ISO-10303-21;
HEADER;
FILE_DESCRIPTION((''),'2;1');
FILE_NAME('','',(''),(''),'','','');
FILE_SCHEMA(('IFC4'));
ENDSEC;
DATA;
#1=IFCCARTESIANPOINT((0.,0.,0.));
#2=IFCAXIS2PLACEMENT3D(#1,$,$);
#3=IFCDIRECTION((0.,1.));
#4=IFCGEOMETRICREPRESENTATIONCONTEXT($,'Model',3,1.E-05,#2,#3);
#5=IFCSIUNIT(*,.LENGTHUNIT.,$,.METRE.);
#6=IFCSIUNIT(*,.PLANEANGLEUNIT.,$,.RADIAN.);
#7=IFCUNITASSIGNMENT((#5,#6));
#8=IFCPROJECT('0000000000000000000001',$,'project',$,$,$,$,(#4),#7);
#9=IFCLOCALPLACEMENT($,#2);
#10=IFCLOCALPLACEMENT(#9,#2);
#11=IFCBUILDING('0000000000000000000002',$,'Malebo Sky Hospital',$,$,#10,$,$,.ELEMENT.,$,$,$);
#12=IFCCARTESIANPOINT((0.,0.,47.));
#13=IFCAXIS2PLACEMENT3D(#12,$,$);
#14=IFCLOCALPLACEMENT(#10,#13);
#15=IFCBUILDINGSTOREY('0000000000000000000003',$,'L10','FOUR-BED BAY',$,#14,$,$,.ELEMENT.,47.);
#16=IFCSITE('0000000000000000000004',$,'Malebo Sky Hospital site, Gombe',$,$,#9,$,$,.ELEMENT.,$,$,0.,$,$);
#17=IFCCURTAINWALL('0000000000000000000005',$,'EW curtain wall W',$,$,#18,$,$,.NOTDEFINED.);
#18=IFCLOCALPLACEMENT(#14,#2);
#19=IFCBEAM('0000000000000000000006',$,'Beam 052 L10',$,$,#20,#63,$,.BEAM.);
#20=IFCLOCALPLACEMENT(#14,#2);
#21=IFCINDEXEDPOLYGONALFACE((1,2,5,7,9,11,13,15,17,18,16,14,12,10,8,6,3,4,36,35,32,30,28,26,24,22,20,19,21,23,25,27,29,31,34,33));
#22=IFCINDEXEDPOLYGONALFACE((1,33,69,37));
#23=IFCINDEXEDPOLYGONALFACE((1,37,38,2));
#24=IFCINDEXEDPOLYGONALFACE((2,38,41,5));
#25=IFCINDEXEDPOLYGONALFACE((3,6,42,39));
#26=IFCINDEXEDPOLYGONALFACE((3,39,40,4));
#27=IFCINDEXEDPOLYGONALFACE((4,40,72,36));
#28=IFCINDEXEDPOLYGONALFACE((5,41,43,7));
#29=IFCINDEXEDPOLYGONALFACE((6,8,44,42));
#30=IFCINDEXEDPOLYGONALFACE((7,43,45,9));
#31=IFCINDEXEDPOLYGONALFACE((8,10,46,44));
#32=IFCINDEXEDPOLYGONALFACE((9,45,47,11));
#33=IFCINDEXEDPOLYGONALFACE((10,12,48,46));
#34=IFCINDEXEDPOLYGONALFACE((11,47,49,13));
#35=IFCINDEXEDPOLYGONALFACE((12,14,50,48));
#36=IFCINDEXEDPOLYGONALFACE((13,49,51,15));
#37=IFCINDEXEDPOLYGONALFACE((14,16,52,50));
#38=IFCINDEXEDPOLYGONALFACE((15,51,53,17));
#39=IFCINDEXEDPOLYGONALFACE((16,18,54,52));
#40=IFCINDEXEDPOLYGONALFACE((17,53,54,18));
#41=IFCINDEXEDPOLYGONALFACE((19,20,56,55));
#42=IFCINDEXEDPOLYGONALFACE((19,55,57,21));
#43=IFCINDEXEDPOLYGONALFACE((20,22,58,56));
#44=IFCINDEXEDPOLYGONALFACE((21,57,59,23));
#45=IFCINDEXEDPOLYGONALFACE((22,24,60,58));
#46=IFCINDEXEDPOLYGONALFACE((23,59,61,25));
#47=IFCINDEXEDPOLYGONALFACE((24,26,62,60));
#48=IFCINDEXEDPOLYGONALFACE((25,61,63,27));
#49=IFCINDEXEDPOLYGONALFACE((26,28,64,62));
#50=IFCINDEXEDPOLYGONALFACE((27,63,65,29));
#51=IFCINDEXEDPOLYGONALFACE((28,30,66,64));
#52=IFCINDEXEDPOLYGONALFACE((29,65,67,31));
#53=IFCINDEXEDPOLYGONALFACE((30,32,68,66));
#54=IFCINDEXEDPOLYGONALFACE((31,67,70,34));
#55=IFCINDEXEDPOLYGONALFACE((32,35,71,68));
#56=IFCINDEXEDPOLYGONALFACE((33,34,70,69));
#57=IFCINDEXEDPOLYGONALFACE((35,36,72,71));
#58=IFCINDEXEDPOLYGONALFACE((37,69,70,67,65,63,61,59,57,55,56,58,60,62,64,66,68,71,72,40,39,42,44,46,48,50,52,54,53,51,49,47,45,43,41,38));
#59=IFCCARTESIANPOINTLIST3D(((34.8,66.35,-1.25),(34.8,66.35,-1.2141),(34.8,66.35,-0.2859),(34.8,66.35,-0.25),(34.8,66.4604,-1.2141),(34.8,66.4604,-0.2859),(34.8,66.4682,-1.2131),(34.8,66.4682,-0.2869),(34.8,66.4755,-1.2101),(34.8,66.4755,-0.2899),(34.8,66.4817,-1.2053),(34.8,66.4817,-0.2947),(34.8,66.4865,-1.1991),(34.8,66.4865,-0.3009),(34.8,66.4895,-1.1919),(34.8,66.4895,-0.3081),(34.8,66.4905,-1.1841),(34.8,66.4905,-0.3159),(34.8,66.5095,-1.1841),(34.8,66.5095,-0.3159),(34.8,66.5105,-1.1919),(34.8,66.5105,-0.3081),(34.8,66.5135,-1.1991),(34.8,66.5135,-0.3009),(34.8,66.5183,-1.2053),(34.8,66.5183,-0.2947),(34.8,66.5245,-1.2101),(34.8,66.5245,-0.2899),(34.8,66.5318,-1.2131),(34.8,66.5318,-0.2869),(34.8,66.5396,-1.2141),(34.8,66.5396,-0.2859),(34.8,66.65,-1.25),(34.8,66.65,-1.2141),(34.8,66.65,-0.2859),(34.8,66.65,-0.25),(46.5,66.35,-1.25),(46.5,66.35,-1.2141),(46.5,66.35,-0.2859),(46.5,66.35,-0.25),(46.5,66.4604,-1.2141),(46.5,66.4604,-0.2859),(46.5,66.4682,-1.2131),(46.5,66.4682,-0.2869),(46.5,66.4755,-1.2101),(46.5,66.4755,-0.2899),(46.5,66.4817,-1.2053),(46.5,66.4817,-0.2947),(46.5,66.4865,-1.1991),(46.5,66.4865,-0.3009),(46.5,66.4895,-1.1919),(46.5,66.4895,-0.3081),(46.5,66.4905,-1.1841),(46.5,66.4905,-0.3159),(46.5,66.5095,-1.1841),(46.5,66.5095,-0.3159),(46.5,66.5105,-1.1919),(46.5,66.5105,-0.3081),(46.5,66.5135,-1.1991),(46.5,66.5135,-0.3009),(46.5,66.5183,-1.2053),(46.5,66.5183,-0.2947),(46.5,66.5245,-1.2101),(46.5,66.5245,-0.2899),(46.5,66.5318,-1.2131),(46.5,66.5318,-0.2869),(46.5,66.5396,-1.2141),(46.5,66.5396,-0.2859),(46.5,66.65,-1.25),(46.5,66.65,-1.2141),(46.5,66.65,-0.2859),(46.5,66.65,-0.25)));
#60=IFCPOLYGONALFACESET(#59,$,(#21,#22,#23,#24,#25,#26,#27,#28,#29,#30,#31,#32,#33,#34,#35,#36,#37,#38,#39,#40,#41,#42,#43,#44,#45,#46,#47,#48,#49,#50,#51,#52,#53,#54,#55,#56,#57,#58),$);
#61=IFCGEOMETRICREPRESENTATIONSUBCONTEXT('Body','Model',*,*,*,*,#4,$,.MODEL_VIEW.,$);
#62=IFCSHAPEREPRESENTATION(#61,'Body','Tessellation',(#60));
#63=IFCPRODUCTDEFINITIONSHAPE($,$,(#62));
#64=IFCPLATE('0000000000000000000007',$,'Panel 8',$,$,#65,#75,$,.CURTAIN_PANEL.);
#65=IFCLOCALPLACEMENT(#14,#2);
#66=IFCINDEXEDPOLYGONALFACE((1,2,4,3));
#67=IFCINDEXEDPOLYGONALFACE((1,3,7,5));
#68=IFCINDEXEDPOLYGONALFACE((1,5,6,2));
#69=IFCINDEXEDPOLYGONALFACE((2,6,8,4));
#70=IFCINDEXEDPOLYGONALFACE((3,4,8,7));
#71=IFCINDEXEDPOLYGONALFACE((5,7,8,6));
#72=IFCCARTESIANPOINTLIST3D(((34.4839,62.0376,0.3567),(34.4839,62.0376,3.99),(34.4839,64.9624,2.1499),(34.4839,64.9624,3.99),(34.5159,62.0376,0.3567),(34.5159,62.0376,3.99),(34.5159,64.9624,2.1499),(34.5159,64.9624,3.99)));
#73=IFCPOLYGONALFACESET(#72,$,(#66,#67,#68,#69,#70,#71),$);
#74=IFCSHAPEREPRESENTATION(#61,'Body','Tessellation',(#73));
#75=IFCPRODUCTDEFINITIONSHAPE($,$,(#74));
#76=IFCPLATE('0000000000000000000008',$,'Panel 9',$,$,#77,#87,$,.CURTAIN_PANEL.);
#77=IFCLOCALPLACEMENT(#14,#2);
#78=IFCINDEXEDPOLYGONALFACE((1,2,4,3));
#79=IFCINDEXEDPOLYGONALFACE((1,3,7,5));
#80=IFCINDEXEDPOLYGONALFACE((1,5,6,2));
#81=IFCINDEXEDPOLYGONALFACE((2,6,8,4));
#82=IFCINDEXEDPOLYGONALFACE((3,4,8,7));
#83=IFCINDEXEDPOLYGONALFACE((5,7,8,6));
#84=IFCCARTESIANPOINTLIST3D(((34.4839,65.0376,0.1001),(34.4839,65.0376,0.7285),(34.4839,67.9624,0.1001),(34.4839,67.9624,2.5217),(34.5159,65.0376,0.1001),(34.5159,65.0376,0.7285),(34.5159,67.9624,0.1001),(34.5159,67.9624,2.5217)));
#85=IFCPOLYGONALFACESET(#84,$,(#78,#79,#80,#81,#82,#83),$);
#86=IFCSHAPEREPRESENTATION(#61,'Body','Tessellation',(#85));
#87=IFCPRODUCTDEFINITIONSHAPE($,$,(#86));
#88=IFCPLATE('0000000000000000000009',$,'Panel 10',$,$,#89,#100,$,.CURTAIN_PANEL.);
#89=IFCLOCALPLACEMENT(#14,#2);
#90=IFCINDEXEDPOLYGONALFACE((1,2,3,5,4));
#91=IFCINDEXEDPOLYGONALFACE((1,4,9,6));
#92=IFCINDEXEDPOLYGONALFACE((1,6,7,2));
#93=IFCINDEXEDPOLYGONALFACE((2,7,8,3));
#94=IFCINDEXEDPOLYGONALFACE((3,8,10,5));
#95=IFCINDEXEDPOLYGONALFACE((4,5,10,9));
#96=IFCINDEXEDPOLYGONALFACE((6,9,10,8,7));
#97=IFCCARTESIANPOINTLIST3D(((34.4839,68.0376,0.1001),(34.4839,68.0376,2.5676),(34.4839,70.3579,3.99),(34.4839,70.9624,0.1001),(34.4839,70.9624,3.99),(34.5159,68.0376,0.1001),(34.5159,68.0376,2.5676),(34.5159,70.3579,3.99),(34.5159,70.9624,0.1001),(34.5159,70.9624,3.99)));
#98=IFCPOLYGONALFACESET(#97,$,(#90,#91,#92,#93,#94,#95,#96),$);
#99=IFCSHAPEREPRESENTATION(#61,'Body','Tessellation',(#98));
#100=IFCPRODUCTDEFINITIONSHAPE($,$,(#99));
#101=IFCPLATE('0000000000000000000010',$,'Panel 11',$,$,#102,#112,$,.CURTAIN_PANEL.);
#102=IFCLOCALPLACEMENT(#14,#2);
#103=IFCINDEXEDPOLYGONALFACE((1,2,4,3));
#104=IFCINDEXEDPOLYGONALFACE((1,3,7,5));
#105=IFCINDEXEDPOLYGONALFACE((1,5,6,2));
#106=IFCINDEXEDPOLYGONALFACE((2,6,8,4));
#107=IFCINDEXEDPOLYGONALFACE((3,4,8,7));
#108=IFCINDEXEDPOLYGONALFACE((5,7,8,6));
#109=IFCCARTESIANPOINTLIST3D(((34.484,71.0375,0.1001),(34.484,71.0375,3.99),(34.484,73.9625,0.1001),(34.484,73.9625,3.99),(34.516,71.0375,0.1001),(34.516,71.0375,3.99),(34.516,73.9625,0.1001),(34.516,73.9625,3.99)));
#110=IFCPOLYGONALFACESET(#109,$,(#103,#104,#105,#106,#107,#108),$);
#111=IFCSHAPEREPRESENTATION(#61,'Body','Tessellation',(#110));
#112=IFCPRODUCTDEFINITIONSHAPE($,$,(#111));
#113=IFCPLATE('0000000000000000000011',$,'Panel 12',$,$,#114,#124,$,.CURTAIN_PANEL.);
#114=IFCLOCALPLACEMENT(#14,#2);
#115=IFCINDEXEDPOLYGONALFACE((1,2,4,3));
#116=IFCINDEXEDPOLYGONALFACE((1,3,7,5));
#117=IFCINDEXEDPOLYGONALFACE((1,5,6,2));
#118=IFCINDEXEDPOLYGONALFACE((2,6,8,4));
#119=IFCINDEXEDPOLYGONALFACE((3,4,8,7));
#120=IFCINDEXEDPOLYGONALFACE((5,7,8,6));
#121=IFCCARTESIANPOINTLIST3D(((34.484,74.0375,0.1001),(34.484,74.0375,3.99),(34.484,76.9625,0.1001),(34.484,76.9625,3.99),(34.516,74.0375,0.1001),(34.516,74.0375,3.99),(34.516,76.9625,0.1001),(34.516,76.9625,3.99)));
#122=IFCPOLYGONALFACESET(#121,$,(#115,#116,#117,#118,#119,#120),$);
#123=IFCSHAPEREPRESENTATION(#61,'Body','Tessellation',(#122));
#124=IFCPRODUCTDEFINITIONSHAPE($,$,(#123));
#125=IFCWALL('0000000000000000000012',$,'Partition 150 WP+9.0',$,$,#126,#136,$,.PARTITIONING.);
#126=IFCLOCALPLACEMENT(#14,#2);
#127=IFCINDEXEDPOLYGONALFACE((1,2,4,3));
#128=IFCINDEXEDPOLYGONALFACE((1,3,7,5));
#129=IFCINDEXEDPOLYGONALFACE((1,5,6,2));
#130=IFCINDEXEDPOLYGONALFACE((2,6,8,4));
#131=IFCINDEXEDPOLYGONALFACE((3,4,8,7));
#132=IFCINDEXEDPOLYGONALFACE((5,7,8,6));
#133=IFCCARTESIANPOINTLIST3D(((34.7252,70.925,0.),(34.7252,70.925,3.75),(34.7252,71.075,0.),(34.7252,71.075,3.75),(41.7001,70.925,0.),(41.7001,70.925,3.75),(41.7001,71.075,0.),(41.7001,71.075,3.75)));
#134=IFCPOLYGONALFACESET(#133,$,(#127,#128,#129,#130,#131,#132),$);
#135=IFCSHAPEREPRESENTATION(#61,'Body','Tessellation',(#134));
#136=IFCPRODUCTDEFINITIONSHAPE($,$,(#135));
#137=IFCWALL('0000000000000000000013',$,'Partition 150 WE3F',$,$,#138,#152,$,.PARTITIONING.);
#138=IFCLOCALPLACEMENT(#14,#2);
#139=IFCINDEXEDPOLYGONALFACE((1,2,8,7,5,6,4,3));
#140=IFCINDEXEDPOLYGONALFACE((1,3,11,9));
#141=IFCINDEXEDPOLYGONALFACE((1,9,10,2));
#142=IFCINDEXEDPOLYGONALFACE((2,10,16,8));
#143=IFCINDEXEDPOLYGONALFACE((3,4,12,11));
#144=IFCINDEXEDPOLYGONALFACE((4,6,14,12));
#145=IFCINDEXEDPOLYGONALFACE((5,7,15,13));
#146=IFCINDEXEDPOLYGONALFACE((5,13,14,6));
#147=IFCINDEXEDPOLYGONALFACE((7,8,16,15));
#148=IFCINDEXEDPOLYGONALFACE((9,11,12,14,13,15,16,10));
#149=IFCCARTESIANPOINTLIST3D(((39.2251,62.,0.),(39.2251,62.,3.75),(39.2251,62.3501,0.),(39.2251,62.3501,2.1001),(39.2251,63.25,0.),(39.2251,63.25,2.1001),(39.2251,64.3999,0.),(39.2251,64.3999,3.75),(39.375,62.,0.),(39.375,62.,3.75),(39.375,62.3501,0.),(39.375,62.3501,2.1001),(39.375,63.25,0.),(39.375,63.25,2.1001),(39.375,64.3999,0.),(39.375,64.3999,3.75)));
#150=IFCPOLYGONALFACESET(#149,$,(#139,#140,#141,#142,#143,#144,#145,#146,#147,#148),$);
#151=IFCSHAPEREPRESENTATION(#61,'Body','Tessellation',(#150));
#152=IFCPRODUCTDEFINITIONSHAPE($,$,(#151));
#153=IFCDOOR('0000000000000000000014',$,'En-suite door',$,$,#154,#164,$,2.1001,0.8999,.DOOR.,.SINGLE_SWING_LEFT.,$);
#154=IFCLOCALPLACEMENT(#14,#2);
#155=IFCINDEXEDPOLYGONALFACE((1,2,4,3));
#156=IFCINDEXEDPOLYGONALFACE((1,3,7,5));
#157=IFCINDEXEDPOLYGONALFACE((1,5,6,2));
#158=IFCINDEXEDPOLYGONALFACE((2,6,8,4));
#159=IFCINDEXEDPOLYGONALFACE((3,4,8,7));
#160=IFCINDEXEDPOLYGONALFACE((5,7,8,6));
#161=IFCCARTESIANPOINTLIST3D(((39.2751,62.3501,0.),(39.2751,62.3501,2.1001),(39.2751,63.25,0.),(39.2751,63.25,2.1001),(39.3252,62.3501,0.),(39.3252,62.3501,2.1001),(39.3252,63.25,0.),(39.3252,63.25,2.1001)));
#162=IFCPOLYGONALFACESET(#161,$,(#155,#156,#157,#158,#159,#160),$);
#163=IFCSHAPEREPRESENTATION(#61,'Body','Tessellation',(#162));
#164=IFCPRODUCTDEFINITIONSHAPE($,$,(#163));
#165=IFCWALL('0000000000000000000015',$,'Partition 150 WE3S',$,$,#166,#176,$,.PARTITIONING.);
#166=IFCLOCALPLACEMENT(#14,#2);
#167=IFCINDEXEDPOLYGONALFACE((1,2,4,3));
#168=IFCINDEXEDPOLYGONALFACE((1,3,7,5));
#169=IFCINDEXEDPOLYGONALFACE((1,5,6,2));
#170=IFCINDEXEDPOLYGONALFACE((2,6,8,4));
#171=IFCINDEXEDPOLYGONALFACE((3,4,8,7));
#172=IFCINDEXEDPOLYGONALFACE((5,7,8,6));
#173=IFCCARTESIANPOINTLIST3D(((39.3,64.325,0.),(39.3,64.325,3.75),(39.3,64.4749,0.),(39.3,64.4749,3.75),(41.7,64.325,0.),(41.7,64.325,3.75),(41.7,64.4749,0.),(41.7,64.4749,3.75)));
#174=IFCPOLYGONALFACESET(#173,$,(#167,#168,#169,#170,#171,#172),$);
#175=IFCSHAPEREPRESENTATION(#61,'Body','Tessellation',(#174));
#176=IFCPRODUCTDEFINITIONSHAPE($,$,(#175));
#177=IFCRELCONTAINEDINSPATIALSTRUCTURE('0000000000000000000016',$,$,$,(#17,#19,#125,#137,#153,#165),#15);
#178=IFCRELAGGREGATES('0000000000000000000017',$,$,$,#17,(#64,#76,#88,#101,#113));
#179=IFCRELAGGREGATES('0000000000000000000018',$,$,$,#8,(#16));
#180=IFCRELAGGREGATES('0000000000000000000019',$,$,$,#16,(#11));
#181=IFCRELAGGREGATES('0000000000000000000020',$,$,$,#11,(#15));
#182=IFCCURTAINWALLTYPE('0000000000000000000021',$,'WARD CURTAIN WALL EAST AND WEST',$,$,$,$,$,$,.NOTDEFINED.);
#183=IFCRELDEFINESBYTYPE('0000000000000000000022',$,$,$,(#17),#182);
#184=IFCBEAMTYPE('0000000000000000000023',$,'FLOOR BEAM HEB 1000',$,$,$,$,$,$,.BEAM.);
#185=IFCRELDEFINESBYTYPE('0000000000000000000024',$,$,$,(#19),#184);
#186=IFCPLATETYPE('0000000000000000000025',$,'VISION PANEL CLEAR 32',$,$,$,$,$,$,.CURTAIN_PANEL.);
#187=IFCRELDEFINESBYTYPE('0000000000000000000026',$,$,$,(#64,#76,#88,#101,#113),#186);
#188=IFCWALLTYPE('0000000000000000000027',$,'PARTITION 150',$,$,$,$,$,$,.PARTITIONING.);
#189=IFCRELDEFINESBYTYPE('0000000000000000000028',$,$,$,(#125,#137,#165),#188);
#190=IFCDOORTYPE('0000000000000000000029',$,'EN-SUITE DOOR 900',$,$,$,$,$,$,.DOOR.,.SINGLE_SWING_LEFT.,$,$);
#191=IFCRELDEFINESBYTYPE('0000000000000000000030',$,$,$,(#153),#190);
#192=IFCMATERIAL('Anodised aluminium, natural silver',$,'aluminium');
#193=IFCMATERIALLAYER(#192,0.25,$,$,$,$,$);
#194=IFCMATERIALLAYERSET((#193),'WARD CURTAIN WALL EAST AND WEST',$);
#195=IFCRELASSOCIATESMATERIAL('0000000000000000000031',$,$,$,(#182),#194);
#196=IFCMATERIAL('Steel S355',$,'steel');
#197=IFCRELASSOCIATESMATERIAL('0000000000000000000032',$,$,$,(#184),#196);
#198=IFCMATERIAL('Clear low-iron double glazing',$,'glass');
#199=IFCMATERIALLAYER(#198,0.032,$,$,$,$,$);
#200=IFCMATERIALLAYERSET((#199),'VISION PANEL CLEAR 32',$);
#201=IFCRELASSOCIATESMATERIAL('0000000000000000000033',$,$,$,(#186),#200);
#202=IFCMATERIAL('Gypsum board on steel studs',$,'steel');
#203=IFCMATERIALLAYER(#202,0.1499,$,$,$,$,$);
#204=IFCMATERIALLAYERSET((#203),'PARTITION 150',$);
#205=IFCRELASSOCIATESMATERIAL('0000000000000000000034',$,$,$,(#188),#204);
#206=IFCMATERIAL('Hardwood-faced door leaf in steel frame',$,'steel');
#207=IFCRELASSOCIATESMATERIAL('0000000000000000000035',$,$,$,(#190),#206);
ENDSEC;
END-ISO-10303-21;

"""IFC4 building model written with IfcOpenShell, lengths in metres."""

from ifc_helpers import new_model, si_unit, direction, frame, frame_2d, origin, origin_2d, place, context, subcontext, project, spatial, polyline, rectangle, i_section, outline, extrude, material, layer, layer_set, material_profile, profile_set, type_object, element, fill, aggregate, save


model = new_model("IFC4")

# Units and contexts
model_context = context("Model", 3, precision=1e-05, world=origin(), true_north=direction((0.0, 1.0)))
body_context = subcontext(model_context, "Body", "Model", "MODEL_VIEW")
ifc_project = project(units=[si_unit("LENGTHUNIT", "METRE"), si_unit("PLANEANGLEUNIT", "RADIAN")], contexts=[model_context])

# Site, building, storey
site_placement = place(None, origin())
site = spatial("IfcSite", under=ifc_project, at=site_placement, Name="Malebo Sky Hospital site, Gombe", CompositionType="ELEMENT", RefElevation=0.0)
building_placement = place(site_placement, origin())
building = spatial("IfcBuilding", under=site, at=building_placement, Name="Malebo Sky Hospital", CompositionType="ELEMENT")
storey_placement = place(building_placement, frame((0.0, 0.0, 47.0)))
storey = spatial("IfcBuildingStorey", under=building, at=storey_placement, Name="L10", Description="FOUR-BED BAY", CompositionType="ELEMENT", Elevation=47.0)

# Curtain wall
ifc_material_1 = material(Name="Anodised aluminium, natural silver", Category="aluminium")
ifc_layer_1 = layer(ifc_material_1, 0.25)
ifc_layer_set_1 = layer_set([ifc_layer_1], Name="WARD CURTAIN WALL EAST AND WEST")
curtain_wall_type = type_object("IfcCurtainWallType", Name="WARD CURTAIN WALL EAST AND WEST", PredefinedType="NOTDEFINED", material=ifc_layer_set_1)
curtain_wall_placement = place(storey_placement, origin())
curtain_wall = element("IfcCurtainWall", 1, at=curtain_wall_placement, inside=storey, type_object=curtain_wall_type, Name="EW curtain wall W", PredefinedType="NOTDEFINED")

# Shared definitions
ifc_material_2 = material(Name="Steel S355", Category="steel")

# Beam
ifc_material_profile_1 = material_profile(ifc_material_2, i_section(OverallWidth=0.3, OverallDepth=1.0, WebThickness=0.019, FlangeThickness=0.0359, FilletRadius=0.03, at=origin_2d()), Name="HEB 1000")
ifc_profile_set_1 = profile_set([ifc_material_profile_1], Name="Steel S355")
beam_type_1 = type_object("IfcBeamType", Name="FLOOR BEAM HEB 1000", PredefinedType="BEAM", material=ifc_profile_set_1)
beam_1_placement = place(storey_placement, frame((34.8, 66.5, -0.75), z_axis=(1.0, 0.0, 0.0), x_axis=(0.0, 1.0, 0.0)))
element("IfcBeam", 2, at=beam_1_placement, inside=storey, type_object=beam_type_1, Name="Beam 052 L10", PredefinedType="BEAM", context=body_context, shape_type="SweptSolid", body=[
    extrude(i_section(OverallWidth=0.3, OverallDepth=1.0, WebThickness=0.019, FlangeThickness=0.0359, FilletRadius=0.03, at=origin_2d()), origin(), (0.0, 0.0, 1.0), 11.7),
])

# Plates
ifc_material_3 = material(Name="Clear low-iron double glazing", Category="glass")
ifc_layer_2 = layer(ifc_material_3, 0.032)
ifc_layer_set_2 = layer_set([ifc_layer_2], Name="VISION PANEL CLEAR 32")
plate_type = type_object("IfcPlateType", Name="VISION PANEL CLEAR 32", PredefinedType="CURTAIN_PANEL", material=ifc_layer_set_2)
plate_1_placement = place(storey_placement, frame((34.5, 63.5, 0.3567), z_axis=(0.0, 0.0, 1.0), x_axis=(0.0, 1.0, 0.0)))
plate_1 = element("IfcPlate", 3, at=plate_1_placement, type_object=plate_type, Name="Panel 8", PredefinedType="CURTAIN_PANEL", context=body_context, shape_type="SweptSolid", body=[
    extrude(outline(polyline([(-1.4624, 0.0), (1.4624, 1.7932), (1.4624, 3.6333), (-1.4624, 3.6333), (-1.4624, 0.0)])), frame((0.0, 0.0161, 0.0), z_axis=(0.0, -1.0, 0.0), x_axis=(1.0, 0.0, 0.0)), (0.0, 0.0, 1.0), 0.032),
])
plate_2_placement = place(storey_placement, frame((34.5, 66.5, 0.1001), z_axis=(0.0, 0.0, 1.0), x_axis=(0.0, 1.0, 0.0)))
plate_2 = element("IfcPlate", 4, at=plate_2_placement, type_object=plate_type, Name="Panel 9", PredefinedType="CURTAIN_PANEL", context=body_context, shape_type="SweptSolid", body=[
    extrude(outline(polyline([(-1.4624, 0.0), (1.4624, 0.0), (1.4624, 2.4216), (-1.4624, 0.6284), (-1.4624, 0.0)])), frame((0.0, 0.0161, 0.0), z_axis=(0.0, -1.0, 0.0), x_axis=(1.0, 0.0, 0.0)), (0.0, 0.0, 1.0), 0.032),
])
plate_3_placement = place(storey_placement, frame((34.5, 69.5, 0.1001), z_axis=(0.0, 0.0, 1.0), x_axis=(0.0, 1.0, 0.0)))
plate_3 = element("IfcPlate", 5, at=plate_3_placement, type_object=plate_type, Name="Panel 10", PredefinedType="CURTAIN_PANEL", context=body_context, shape_type="SweptSolid", body=[
    extrude(outline(polyline([(-1.4624, 0.0), (1.4624, 0.0), (1.4624, 3.8899), (0.8579, 3.8899), (-1.4624, 2.4675), (-1.4624, 0.0)])), frame((0.0, 0.0161, 0.0), z_axis=(0.0, -1.0, 0.0), x_axis=(1.0, 0.0, 0.0)), (0.0, 0.0, 1.0), 0.032),
])
plate_4_placement = place(storey_placement, frame((34.5, 72.5, 0.1001), z_axis=(0.0, 0.0, 1.0), x_axis=(0.0, 1.0, 0.0)))
plate_4 = element("IfcPlate", 6, at=plate_4_placement, type_object=plate_type, Name="Panel 11", PredefinedType="CURTAIN_PANEL", context=body_context, shape_type="SweptSolid", body=[
    extrude(rectangle(XDim=2.925, YDim=0.032, at=origin_2d()), origin(), (0.0, 0.0, 1.0), 3.8899),
])
plate_5_placement = place(storey_placement, frame((34.5, 75.5, 0.1001), z_axis=(0.0, 0.0, 1.0), x_axis=(0.0, 1.0, 0.0)))
plate_5 = element("IfcPlate", 7, at=plate_5_placement, type_object=plate_type, Name="Panel 12", PredefinedType="CURTAIN_PANEL", context=body_context, shape_type="SweptSolid", body=[
    extrude(rectangle(XDim=2.925, YDim=0.032, at=origin_2d()), origin(), (0.0, 0.0, 1.0), 3.8899),
])
aggregate(curtain_wall, [plate_1, plate_2, plate_3, plate_4, plate_5])

# Wall
ifc_material_4 = material(Name="Gypsum board on steel studs", Category="steel")
ifc_layer_3 = layer(ifc_material_4, 0.1499)
ifc_layer_set_3 = layer_set([ifc_layer_3], Name="PARTITION 150")
wall_type_1 = type_object("IfcWallType", Name="PARTITION 150", PredefinedType="PARTITIONING", material=ifc_layer_set_3)
wall_1_placement = place(storey_placement, frame((41.7, 71.0, 0.0), z_axis=(0.0, 0.0, 1.0), x_axis=(-1.0, 0.0, 0.0)))
element("IfcWall", 8, at=wall_1_placement, inside=storey, type_object=wall_type_1, Name="Partition 150 WP+9.0", PredefinedType="PARTITIONING", context=body_context, shape_type="SweptSolid", body=[
    extrude(rectangle(XDim=6.9749, YDim=0.1499, at=frame_2d((3.4873, 0.0))), origin(), (0.0, 0.0, 1.0), 3.75),
])

# Wall, opening, door
wall_2_placement = place(storey_placement, frame((39.3, 62.0, 0.0), z_axis=(0.0, 0.0, 1.0), x_axis=(0.0, 1.0, 0.0)))
wall_2 = element("IfcWall", 9, at=wall_2_placement, inside=storey, type_object=wall_type_1, Name="Partition 150 WE3F", PredefinedType="PARTITIONING", context=body_context, shape_type="SweptSolid", body=[
    extrude(rectangle(XDim=2.3999, YDim=0.1499, at=frame_2d((1.2, 0.0))), origin(), (0.0, 0.0, 1.0), 3.75),
])
opening_1_placement = place(wall_2_placement, frame((0.3501, 0.0, 0.0)))
opening_1 = element("IfcOpeningElement", 10, at=opening_1_placement, cuts=wall_2, PredefinedType="OPENING", context=body_context, shape_type="SweptSolid", body=[
    extrude(rectangle(XDim=0.8999, YDim=2.1001, at=frame_2d((0.45, 1.05))), frame((0.0, 0.085, 0.0), z_axis=(0.0, -1.0, 0.0), x_axis=(1.0, 0.0, 0.0)), (0.0, 0.0, 1.0), 0.1699),
])
ifc_material_5 = material(Name="Hardwood-faced door leaf in steel frame", Category="steel")
door_type = type_object("IfcDoorType", Name="EN-SUITE DOOR 900", OperationType="SINGLE_SWING_LEFT", PredefinedType="DOOR", material=ifc_material_5)
door_1_placement = place(opening_1_placement, origin())
door_1 = element("IfcDoor", 11, at=door_1_placement, inside=storey, type_object=door_type, Name="En-suite door", OperationType="SINGLE_SWING_LEFT", OverallHeight=2.1001, OverallWidth=0.8999, PredefinedType="DOOR", context=body_context, shape_type="SweptSolid", body=[
    extrude(rectangle(XDim=0.8999, YDim=2.1001, at=frame_2d((0.45, 1.05))), frame((0.0, 0.0249, 0.0), z_axis=(0.0, -1.0, 0.0), x_axis=(1.0, 0.0, 0.0)), (0.0, 0.0, 1.0), 0.05),
])
fill(opening_1, door_1)

# Wall
wall_3_placement = place(storey_placement, frame((41.7, 64.3999, 0.0), z_axis=(0.0, 0.0, 1.0), x_axis=(-1.0, 0.0, 0.0)))
element("IfcWall", 12, at=wall_3_placement, inside=storey, type_object=wall_type_1, Name="Partition 150 WE3S", PredefinedType="PARTITIONING", context=body_context, shape_type="SweptSolid", body=[
    extrude(rectangle(XDim=2.3999, YDim=0.1499, at=frame_2d((1.2, 0.0))), origin(), (0.0, 0.0, 1.0), 3.75),
])

save(model, "model.ifc")
